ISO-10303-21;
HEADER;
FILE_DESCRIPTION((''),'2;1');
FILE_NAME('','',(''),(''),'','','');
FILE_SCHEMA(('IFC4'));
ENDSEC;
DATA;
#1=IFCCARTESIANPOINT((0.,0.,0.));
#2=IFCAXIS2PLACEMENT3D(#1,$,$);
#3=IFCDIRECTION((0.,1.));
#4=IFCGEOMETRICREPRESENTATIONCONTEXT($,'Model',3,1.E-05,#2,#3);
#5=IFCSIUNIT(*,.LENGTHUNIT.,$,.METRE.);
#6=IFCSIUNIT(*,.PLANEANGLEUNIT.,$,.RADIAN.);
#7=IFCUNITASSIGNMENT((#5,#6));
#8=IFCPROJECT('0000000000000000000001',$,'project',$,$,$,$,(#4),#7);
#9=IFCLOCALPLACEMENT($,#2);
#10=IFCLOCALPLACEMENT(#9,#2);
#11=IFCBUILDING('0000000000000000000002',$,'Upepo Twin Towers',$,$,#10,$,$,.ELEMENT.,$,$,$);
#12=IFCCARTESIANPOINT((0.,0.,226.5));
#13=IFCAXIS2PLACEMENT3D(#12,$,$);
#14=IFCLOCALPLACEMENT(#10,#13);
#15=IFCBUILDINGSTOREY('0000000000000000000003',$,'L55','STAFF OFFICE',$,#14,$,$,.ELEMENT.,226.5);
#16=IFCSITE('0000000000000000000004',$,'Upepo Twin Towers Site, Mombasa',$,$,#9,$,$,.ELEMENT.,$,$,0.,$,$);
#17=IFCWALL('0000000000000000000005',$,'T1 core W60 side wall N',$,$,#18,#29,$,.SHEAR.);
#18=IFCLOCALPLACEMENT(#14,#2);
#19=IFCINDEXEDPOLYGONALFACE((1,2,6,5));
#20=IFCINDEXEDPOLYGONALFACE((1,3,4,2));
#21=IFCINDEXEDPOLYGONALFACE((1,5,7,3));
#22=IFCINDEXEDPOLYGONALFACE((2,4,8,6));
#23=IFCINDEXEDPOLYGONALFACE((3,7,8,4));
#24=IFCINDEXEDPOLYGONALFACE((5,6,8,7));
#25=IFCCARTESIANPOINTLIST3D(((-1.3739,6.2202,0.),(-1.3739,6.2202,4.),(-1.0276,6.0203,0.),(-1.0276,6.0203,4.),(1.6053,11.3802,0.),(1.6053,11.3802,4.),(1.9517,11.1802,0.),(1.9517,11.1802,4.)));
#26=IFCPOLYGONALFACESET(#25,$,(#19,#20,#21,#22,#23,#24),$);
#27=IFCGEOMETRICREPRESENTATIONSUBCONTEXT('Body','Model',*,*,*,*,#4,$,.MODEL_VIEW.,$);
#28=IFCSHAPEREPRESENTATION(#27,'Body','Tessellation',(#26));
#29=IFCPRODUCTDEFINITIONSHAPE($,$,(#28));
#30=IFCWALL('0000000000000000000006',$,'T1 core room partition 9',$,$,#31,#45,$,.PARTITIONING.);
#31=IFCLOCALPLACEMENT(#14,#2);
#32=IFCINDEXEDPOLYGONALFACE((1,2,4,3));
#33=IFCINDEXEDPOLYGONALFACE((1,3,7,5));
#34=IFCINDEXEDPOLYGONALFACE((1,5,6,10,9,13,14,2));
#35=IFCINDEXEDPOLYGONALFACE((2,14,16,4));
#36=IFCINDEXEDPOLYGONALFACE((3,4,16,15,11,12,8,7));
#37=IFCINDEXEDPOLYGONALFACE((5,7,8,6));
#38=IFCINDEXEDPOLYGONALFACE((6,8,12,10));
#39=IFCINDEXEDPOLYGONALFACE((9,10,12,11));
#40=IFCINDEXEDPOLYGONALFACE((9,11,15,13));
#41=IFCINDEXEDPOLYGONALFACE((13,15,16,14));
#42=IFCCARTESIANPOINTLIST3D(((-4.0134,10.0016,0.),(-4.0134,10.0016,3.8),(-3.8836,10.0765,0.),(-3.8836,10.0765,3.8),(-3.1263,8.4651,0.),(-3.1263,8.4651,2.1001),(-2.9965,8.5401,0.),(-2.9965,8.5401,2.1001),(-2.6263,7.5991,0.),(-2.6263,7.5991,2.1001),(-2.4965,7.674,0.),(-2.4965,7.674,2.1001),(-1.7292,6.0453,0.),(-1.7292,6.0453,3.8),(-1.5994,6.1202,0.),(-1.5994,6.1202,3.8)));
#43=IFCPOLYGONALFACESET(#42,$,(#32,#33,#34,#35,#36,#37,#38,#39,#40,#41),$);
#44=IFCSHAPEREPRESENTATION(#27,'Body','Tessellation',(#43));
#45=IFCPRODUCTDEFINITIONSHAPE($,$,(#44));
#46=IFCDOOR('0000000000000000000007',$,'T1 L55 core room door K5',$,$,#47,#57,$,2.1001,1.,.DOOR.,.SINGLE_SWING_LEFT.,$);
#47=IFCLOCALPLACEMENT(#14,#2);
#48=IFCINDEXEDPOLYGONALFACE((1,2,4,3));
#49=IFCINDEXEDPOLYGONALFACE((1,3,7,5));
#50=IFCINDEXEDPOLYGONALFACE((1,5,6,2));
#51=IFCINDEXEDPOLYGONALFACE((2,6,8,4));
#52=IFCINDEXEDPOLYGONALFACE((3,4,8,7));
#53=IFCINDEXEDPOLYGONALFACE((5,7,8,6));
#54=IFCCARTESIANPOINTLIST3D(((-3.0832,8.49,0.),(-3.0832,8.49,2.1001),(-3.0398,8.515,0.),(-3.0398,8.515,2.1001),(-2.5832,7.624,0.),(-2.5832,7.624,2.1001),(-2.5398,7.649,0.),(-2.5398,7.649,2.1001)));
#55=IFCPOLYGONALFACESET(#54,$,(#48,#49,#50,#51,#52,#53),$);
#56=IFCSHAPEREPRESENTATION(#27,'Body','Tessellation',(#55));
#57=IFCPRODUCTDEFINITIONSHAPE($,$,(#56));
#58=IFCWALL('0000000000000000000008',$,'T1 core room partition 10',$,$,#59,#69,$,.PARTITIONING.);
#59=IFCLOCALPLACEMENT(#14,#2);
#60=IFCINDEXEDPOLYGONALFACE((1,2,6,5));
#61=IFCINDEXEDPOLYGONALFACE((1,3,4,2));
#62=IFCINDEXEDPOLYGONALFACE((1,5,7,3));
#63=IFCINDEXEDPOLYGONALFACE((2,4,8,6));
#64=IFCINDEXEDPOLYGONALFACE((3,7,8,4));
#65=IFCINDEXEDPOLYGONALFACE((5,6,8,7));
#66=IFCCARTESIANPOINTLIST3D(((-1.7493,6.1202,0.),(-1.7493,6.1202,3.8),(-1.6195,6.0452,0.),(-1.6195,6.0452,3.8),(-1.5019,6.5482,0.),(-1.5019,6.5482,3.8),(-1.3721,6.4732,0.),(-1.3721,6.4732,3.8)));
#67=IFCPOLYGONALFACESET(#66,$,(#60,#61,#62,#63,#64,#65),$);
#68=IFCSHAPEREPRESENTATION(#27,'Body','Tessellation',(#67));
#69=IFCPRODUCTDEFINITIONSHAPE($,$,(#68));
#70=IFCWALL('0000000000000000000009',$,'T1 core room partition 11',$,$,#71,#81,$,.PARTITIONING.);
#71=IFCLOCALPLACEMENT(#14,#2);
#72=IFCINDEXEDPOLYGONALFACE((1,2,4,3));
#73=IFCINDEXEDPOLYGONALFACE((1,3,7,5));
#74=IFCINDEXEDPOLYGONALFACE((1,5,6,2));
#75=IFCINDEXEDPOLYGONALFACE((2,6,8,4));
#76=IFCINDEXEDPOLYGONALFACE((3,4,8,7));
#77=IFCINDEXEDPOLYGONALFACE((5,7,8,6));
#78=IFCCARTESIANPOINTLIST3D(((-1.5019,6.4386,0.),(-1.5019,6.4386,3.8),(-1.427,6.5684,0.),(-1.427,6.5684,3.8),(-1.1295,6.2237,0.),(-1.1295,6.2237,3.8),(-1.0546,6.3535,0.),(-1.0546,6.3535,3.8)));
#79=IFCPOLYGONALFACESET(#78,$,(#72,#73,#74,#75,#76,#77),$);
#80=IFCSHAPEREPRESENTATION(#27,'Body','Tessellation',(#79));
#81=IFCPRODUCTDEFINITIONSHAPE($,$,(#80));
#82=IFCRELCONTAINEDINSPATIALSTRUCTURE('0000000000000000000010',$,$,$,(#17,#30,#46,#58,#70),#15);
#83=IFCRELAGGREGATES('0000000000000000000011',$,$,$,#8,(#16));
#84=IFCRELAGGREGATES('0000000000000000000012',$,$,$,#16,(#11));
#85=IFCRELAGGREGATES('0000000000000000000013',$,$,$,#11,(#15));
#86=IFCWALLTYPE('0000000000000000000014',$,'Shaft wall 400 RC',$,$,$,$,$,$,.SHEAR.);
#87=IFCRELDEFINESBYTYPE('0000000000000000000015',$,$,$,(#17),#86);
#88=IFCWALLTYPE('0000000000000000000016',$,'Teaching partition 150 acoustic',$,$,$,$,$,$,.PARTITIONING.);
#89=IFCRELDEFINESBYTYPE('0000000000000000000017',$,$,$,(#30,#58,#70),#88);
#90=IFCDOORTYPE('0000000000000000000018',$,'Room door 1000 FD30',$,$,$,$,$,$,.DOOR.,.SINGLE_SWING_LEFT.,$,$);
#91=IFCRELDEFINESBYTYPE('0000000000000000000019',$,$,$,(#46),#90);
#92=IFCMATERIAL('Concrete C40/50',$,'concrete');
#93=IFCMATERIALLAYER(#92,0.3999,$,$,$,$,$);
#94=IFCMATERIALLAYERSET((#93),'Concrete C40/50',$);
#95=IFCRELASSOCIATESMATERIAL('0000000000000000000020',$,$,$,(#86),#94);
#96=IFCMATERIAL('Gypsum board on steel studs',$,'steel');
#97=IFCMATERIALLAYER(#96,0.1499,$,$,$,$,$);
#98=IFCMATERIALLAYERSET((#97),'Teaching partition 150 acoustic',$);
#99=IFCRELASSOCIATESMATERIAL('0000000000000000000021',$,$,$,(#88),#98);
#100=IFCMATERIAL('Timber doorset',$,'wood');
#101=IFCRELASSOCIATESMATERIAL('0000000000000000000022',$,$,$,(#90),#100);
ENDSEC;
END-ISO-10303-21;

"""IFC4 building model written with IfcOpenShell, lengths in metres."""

from ifc_helpers import new_model, si_unit, direction, frame, frame_2d, origin, place, context, subcontext, project, spatial, rectangle, extrude, material, layer, layer_set, type_object, element, fill, save


model = new_model("IFC4")

# Units and contexts
model_context = context("Model", 3, precision=1e-05, world=origin(), true_north=direction((0.0, 1.0)))
body_context = subcontext(model_context, "Body", "Model", "MODEL_VIEW")
ifc_project = project(units=[si_unit("LENGTHUNIT", "METRE"), si_unit("PLANEANGLEUNIT", "RADIAN")], contexts=[model_context])

# Site, building, storey
site_placement = place(None, origin())
site = spatial("IfcSite", under=ifc_project, at=site_placement, Name="Upepo Twin Towers Site, Mombasa", CompositionType="ELEMENT", RefElevation=0.0)
building_placement = place(site_placement, origin())
building = spatial("IfcBuilding", under=site, at=building_placement, Name="Upepo Twin Towers", CompositionType="ELEMENT")
storey_placement = place(building_placement, frame((0.0, 0.0, 226.5)))
storey = spatial("IfcBuildingStorey", under=building, at=storey_placement, Name="L55", Description="STAFF OFFICE", CompositionType="ELEMENT", Elevation=226.5)

# Wall
ifc_material_1 = material(Name="Concrete C40/50", Category="concrete")
ifc_layer_1 = layer(ifc_material_1, 0.3999)
ifc_layer_set_1 = layer_set([ifc_layer_1], Name="Concrete C40/50")
wall_type_1 = type_object("IfcWallType", Name="Shaft wall 400 RC", PredefinedType="SHEAR", material=ifc_layer_set_1)
wall_1_placement = place(storey_placement, frame((-1.2007, 6.1204, 0.0), z_axis=(0.0, 0.0, 1.0), x_axis=(0.500022, 0.866013, 0.0)))
element("IfcWall", 1, at=wall_1_placement, inside=storey, type_object=wall_type_1, Name="T1 core W60 side wall N", PredefinedType="SHEAR", context=body_context, shape_type="SweptSolid", body=[
    extrude(rectangle(XDim=5.9583, YDim=0.3999, at=frame_2d((2.979, 0.0))), origin(), (0.0, 0.0, 1.0), 4.0),
])

# Wall, opening, door
ifc_material_2 = material(Name="Gypsum board on steel studs", Category="steel")
ifc_layer_2 = layer(ifc_material_2, 0.1499)
ifc_layer_set_2 = layer_set([ifc_layer_2], Name="Teaching partition 150 acoustic")
wall_type_2 = type_object("IfcWallType", Name="Teaching partition 150 acoustic", PredefinedType="PARTITIONING", material=ifc_layer_set_2)
wall_2_placement = place(storey_placement, frame((-3.9485, 10.0391, 0.0), z_axis=(0.0, 0.0, 1.0), x_axis=(0.500002, -0.866025, 0.0)))
wall_2 = element("IfcWall", 2, at=wall_2_placement, inside=storey, type_object=wall_type_2, Name="T1 core room partition 9", PredefinedType="PARTITIONING", context=body_context, shape_type="SweptSolid", body=[
    extrude(rectangle(XDim=4.5684, YDim=0.1499, at=frame_2d((2.2842, 0.0))), origin(), (0.0, 0.0, 1.0), 3.8),
])
opening_1_placement = place(wall_2_placement, frame((1.7742, 0.0, 0.0)))
opening_1 = element("IfcOpeningElement", 3, at=opening_1_placement, cuts=wall_2, PredefinedType="OPENING", context=body_context, shape_type="SweptSolid", body=[
    extrude(rectangle(XDim=1.0, YDim=2.1001, at=frame_2d((0.5, 1.05))), frame((0.0, 0.085, 0.0), z_axis=(0.0, -1.0, 0.0), x_axis=(1.0, 0.0, 0.0)), (0.0, 0.0, 1.0), 0.1699),
])
ifc_material_3 = material(Name="Timber doorset", Category="wood")
door_type_1 = type_object("IfcDoorType", Name="Room door 1000 FD30", OperationType="SINGLE_SWING_LEFT", PredefinedType="DOOR", material=ifc_material_3)
door_1_placement = place(opening_1_placement, origin())
door_1 = element("IfcDoor", 4, at=door_1_placement, inside=storey, type_object=door_type_1, Name="T1 L55 core room door K5", OperationType="SINGLE_SWING_LEFT", OverallHeight=2.1001, OverallWidth=1.0, PredefinedType="DOOR", context=body_context, shape_type="SweptSolid", body=[
    extrude(rectangle(XDim=1.0, YDim=2.1001, at=frame_2d((0.5, 1.05))), frame((0.0, 0.0249, 0.0), z_axis=(0.0, -1.0, 0.0), x_axis=(1.0, 0.0, 0.0)), (0.0, 0.0, 1.0), 0.05),
])
fill(opening_1, door_1)

# Walls
wall_3_placement = place(storey_placement, frame((-1.6843, 6.0828, 0.0), z_axis=(0.0, 0.0, 1.0), x_axis=(0.500335, 0.865832, 0.0)))
element("IfcWall", 5, at=wall_3_placement, inside=storey, type_object=wall_type_2, Name="T1 core room partition 10", PredefinedType="PARTITIONING", context=body_context, shape_type="SweptSolid", body=[
    extrude(rectangle(XDim=0.4944, YDim=0.1499, at=frame_2d((0.2471, 0.0))), origin(), (0.0, 0.0, 1.0), 3.8),
])
wall_4_placement = place(storey_placement, frame((-1.4644, 6.5034, 0.0), z_axis=(0.0, 0.0, 1.0), x_axis=(0.866138, -0.499804, 0.0)))
element("IfcWall", 6, at=wall_4_placement, inside=storey, type_object=wall_type_2, Name="T1 core room partition 11", PredefinedType="PARTITIONING", context=body_context, shape_type="SweptSolid", body=[
    extrude(rectangle(XDim=0.4299, YDim=0.1499, at=frame_2d((0.2148, 0.0))), origin(), (0.0, 0.0, 1.0), 3.8),
])

save(model, "model.ifc")
